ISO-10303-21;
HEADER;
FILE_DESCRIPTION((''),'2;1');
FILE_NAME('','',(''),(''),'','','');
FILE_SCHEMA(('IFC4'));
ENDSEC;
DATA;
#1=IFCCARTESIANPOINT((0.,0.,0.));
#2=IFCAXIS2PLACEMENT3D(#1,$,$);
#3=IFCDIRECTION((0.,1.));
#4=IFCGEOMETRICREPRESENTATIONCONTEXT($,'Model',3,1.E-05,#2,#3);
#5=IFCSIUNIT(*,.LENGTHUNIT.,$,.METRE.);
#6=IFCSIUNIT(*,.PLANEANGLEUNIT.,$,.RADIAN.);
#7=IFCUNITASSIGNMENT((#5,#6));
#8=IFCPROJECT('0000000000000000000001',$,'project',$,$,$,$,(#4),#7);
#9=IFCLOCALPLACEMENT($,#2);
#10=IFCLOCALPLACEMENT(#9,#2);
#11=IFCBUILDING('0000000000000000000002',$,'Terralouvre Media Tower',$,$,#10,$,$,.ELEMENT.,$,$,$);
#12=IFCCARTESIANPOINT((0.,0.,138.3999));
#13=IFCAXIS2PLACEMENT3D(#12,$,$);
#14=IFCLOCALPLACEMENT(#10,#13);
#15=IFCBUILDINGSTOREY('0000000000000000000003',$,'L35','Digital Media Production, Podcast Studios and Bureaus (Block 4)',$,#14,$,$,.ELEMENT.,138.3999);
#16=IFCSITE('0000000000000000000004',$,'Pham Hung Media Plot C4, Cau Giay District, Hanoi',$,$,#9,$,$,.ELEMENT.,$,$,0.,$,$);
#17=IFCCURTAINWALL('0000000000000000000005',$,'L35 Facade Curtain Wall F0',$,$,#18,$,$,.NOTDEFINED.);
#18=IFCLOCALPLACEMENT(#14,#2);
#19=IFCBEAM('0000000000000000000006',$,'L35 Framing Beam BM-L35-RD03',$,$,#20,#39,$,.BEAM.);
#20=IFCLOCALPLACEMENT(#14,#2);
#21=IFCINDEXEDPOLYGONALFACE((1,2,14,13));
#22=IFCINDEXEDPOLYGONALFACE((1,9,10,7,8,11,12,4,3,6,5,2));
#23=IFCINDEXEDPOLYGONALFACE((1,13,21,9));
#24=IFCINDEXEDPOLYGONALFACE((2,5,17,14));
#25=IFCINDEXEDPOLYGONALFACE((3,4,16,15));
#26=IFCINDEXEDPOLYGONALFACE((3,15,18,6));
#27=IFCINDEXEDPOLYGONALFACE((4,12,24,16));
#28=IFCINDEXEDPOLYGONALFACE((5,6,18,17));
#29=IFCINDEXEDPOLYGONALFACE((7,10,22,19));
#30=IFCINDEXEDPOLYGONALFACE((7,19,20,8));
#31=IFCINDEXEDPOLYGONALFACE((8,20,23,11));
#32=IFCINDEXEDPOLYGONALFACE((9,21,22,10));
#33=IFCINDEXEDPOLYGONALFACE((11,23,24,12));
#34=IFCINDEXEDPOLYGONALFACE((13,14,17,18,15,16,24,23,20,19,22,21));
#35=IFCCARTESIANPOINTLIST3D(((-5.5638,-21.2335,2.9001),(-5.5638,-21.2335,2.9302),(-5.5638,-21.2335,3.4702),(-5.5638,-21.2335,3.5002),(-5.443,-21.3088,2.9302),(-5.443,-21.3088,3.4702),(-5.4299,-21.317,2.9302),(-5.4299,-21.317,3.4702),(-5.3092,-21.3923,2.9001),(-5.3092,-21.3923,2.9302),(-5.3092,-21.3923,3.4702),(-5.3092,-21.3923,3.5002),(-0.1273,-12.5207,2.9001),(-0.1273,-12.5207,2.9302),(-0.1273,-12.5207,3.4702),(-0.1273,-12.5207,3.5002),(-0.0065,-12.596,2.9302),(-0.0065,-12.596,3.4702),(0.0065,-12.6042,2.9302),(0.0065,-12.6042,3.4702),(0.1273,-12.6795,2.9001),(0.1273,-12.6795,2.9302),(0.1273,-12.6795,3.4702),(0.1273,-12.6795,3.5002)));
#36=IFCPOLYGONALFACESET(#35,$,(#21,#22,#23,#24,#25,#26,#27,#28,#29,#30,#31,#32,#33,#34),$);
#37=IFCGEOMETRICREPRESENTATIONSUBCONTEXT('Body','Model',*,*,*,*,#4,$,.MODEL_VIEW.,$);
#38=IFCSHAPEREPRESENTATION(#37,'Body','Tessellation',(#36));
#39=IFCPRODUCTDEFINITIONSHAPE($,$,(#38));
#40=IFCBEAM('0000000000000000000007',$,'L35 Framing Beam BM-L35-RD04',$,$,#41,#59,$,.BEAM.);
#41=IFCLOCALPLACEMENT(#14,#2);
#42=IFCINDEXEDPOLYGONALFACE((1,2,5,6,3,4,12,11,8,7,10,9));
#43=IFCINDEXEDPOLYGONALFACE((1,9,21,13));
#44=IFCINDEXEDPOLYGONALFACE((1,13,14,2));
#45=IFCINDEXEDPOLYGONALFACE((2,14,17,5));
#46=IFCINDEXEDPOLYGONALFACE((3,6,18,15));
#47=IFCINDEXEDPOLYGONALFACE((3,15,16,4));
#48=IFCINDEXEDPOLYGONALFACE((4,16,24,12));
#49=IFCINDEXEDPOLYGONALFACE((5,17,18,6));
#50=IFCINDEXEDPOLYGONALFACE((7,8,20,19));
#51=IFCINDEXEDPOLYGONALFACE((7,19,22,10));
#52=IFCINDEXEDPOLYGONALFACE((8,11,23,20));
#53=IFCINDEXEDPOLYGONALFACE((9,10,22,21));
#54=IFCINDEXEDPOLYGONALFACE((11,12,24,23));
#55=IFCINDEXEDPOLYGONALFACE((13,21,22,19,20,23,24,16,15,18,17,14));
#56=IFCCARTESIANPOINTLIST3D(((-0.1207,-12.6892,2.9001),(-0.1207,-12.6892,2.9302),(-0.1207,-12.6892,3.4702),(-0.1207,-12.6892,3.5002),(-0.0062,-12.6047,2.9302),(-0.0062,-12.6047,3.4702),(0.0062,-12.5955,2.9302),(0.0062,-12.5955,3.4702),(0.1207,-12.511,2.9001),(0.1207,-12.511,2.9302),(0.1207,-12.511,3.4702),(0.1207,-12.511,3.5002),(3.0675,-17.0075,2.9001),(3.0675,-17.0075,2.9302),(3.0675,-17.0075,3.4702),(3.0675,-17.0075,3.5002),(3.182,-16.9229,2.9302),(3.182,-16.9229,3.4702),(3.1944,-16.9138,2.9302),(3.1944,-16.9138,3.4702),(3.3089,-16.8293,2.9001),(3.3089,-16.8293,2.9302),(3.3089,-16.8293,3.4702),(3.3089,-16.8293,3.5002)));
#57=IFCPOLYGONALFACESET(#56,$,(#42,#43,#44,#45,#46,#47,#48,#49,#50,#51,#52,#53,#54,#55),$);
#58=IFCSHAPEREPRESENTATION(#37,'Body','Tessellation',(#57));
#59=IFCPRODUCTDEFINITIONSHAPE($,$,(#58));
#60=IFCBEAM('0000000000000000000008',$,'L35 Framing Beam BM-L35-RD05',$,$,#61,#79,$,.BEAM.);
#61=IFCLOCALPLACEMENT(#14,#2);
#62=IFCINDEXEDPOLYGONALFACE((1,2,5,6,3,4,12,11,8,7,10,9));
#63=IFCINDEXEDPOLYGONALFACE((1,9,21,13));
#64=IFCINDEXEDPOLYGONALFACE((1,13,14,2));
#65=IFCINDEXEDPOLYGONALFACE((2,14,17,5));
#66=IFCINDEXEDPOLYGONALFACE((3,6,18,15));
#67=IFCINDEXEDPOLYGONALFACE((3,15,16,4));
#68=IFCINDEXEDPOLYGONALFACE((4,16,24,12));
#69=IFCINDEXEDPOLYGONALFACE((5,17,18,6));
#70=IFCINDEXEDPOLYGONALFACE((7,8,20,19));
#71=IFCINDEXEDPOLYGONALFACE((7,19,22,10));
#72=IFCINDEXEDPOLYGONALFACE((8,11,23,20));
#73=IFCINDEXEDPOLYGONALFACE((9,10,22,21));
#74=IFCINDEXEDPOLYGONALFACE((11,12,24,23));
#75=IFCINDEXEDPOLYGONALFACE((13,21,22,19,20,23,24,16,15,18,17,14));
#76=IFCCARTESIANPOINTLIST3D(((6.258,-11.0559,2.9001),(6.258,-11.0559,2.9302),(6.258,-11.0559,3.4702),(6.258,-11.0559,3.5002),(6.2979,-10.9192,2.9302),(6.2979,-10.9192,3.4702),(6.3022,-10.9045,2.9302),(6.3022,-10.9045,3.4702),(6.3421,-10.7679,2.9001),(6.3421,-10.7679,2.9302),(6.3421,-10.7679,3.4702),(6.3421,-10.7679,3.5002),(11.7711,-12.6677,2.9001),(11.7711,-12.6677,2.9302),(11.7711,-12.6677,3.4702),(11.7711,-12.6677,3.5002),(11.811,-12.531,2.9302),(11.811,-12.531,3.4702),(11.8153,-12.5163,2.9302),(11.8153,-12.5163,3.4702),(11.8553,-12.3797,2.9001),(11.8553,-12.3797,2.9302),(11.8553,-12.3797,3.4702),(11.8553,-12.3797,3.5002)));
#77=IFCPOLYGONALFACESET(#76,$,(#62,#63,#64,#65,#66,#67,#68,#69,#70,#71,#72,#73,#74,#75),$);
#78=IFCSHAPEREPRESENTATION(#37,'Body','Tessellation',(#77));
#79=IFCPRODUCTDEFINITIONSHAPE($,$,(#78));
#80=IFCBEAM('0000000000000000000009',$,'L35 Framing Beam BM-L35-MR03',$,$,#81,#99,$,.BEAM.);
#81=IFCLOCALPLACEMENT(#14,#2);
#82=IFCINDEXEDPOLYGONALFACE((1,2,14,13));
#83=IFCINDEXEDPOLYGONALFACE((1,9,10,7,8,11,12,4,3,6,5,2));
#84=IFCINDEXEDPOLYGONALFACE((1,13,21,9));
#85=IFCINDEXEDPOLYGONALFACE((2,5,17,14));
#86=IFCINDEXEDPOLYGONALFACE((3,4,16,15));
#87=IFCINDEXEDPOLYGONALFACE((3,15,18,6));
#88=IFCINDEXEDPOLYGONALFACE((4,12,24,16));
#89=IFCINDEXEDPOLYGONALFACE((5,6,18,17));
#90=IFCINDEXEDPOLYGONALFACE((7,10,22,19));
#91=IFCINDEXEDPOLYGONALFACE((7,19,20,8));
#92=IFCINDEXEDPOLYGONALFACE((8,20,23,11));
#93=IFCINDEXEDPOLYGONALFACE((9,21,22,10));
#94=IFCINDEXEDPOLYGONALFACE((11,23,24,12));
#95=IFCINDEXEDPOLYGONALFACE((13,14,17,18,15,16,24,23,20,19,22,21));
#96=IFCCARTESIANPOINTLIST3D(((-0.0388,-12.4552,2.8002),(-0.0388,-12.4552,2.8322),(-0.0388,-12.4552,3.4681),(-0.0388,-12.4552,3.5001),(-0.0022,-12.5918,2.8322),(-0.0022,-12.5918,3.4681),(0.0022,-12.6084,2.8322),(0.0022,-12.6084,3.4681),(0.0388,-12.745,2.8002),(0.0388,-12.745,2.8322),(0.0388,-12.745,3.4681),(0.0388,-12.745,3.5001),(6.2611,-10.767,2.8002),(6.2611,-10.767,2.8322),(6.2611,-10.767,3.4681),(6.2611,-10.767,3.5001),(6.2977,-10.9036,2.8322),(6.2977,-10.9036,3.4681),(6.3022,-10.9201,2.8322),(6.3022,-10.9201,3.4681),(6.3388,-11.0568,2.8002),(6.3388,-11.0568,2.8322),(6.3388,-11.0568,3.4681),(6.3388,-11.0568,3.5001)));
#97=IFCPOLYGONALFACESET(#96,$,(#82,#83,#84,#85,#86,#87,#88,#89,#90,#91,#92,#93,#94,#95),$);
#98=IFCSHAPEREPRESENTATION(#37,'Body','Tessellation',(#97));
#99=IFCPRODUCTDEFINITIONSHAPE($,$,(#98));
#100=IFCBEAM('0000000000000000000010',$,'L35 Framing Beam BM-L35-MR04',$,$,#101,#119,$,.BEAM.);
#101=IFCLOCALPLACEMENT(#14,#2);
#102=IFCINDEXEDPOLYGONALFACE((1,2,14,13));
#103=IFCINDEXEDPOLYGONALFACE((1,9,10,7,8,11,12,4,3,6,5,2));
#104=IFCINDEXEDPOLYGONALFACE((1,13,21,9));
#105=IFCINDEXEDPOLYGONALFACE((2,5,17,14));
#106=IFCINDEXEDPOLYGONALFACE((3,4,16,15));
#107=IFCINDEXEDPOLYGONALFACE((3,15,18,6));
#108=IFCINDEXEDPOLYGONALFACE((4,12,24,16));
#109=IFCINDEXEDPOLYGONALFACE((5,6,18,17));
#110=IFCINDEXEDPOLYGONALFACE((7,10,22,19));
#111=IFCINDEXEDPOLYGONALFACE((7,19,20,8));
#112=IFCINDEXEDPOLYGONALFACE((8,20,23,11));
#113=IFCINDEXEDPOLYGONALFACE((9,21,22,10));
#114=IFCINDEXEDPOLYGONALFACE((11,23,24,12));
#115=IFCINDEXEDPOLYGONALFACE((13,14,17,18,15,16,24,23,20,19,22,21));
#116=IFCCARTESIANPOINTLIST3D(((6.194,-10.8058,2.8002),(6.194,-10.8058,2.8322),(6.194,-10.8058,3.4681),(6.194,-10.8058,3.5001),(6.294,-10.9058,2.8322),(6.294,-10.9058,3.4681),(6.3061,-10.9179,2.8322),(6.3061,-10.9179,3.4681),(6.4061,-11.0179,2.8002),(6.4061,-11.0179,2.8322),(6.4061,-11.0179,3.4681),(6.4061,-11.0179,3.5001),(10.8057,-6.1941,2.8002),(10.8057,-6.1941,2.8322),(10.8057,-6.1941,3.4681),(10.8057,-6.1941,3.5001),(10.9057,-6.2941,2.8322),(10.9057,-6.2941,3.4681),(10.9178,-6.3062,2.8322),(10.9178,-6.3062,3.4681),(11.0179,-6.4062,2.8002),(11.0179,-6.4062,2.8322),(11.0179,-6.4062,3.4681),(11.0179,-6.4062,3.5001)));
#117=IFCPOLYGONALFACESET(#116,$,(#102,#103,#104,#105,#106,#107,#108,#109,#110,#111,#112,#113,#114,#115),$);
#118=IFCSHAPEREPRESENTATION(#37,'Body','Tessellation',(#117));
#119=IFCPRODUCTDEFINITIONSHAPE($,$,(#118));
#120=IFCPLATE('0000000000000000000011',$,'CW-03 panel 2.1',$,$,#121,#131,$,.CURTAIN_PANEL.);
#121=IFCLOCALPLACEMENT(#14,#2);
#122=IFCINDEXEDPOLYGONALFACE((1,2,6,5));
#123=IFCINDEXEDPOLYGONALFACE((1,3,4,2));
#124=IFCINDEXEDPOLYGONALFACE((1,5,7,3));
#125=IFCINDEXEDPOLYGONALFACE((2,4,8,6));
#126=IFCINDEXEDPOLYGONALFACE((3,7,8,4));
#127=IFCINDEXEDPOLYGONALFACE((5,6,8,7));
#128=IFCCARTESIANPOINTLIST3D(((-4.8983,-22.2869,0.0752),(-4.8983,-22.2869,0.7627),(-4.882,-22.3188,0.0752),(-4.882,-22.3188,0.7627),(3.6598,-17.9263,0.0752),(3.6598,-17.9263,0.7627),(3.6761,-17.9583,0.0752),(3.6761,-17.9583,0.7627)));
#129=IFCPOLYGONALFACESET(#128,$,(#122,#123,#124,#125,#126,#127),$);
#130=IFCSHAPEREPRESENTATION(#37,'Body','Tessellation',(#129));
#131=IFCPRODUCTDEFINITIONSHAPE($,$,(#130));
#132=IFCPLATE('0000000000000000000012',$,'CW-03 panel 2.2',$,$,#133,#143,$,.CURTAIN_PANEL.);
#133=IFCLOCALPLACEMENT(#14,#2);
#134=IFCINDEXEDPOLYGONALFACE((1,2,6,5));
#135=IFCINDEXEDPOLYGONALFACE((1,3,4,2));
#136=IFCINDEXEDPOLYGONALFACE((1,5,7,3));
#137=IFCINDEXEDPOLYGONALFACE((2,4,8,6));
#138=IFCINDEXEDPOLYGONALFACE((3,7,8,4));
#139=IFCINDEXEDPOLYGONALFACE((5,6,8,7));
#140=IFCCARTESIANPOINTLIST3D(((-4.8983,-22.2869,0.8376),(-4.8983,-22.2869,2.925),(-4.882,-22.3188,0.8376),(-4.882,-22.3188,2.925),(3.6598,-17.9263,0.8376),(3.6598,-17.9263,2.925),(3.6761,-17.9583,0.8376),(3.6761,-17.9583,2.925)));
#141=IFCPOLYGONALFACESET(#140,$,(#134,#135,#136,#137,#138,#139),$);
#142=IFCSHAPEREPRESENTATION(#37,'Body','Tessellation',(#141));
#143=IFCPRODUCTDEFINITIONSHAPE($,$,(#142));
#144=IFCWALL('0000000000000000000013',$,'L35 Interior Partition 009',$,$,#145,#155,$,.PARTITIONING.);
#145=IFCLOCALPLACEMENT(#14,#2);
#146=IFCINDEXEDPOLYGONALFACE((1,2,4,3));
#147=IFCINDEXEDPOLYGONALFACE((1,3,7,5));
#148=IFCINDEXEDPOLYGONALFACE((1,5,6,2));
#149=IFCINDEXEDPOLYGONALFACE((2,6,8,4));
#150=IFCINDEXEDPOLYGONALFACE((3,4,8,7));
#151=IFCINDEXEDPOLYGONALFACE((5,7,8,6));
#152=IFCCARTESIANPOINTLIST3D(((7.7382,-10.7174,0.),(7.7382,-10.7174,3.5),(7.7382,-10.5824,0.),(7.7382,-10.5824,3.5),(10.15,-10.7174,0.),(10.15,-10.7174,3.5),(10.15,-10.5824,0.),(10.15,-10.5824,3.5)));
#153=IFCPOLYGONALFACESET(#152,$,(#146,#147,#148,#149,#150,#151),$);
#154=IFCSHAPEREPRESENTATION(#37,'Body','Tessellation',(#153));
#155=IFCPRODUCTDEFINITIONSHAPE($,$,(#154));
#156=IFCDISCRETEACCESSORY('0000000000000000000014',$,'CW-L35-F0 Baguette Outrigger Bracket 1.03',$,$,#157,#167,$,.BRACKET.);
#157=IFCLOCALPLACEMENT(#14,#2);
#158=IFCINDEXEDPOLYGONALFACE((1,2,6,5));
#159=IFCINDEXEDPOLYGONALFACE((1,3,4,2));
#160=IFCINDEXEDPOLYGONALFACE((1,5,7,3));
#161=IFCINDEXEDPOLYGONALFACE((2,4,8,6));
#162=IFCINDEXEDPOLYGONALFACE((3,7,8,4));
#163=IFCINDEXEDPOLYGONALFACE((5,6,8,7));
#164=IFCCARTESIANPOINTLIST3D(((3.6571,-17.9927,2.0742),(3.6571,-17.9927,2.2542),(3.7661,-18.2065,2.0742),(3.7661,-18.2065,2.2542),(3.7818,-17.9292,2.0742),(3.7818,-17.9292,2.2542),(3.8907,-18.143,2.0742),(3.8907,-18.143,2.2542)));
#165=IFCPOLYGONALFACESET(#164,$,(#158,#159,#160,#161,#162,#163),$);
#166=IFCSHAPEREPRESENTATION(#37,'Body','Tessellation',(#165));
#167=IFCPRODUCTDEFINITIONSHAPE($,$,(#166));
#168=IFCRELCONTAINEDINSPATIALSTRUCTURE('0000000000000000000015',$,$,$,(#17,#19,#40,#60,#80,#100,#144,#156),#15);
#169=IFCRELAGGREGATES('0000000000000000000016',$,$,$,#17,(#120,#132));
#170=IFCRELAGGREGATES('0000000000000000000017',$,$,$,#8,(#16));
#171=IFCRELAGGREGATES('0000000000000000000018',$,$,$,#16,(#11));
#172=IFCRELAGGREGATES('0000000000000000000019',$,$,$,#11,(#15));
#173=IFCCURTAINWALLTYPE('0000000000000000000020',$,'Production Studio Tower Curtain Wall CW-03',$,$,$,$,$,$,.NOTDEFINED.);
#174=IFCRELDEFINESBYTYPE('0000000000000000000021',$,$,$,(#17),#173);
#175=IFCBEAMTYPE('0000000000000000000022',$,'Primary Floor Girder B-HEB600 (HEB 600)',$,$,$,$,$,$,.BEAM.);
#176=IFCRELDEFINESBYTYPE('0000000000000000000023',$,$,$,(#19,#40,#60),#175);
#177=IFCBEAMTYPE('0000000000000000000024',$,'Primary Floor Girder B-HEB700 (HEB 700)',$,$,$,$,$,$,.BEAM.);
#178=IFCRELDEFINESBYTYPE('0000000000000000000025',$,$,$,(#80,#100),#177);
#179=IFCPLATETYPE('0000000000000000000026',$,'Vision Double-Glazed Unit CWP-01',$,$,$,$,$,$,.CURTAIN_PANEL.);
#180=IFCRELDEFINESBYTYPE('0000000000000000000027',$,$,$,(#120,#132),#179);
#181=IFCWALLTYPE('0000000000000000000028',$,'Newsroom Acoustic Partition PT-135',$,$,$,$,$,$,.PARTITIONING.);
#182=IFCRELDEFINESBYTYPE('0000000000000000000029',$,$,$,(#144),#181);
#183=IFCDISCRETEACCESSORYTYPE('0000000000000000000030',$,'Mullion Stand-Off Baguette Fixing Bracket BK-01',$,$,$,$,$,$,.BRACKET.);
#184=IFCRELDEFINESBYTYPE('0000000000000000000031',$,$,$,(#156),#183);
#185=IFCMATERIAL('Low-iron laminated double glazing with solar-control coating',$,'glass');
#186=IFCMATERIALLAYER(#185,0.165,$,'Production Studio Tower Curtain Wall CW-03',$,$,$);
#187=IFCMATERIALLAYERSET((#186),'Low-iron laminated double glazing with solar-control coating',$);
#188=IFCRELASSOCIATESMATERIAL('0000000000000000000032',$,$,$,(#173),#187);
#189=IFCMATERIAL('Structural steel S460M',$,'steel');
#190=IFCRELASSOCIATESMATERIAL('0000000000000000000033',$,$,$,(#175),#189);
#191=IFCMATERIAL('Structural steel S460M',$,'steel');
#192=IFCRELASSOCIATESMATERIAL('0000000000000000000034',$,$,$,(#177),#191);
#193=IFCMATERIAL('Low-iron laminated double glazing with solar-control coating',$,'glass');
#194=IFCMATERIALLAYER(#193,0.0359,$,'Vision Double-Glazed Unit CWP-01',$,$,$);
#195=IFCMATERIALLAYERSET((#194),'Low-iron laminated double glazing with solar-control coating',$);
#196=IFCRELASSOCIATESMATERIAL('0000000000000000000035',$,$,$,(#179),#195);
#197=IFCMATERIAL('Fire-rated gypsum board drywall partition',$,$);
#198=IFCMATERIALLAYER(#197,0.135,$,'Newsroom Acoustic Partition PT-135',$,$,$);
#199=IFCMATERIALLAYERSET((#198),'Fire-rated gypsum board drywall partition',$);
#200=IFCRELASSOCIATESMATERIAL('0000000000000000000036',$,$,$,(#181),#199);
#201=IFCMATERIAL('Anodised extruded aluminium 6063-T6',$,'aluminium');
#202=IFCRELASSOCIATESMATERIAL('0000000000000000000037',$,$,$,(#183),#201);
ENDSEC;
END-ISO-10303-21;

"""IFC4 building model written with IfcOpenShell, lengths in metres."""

from ifc_helpers import new_model, si_unit, direction, frame, frame_2d, origin, origin_2d, place, context, subcontext, project, spatial, rectangle, i_section, extrude, material, layer, layer_set, material_profile, profile_set, type_object, element, aggregate, save


model = new_model("IFC4")

# Units and contexts
model_context = context("Model", 3, precision=1e-05, world=origin(), true_north=direction((0.0, 1.0)))
body_context = subcontext(model_context, "Body", "Model", "MODEL_VIEW")
ifc_project = project(units=[si_unit("LENGTHUNIT", "METRE"), si_unit("PLANEANGLEUNIT", "RADIAN")], contexts=[model_context])

# Site, building, storey
site_placement = place(None, origin())
site = spatial("IfcSite", under=ifc_project, at=site_placement, Name="Pham Hung Media Plot C4, Cau Giay District, Hanoi", CompositionType="ELEMENT", RefElevation=0.0)
building_placement = place(site_placement, origin())
building = spatial("IfcBuilding", under=site, at=building_placement, Name="Terralouvre Media Tower", CompositionType="ELEMENT")
storey_placement = place(building_placement, frame((0.0, 0.0, 138.3999)))
storey = spatial("IfcBuildingStorey", under=building, at=storey_placement, Name="L35", Description="Digital Media Production, Podcast Studios and Bureaus (Block 4)", CompositionType="ELEMENT", Elevation=138.3999)

# Curtain wall
ifc_material_1 = material(Name="Low-iron laminated double glazing with solar-control coating", Category="glass")
ifc_layer_1 = layer(ifc_material_1, 0.165, Name="Production Studio Tower Curtain Wall CW-03")
ifc_layer_set_1 = layer_set([ifc_layer_1], Name="Low-iron laminated double glazing with solar-control coating")
curtain_wall_type = type_object("IfcCurtainWallType", Name="Production Studio Tower Curtain Wall CW-03", PredefinedType="NOTDEFINED", material=ifc_layer_set_1)
curtain_wall_placement = place(storey_placement, origin())
curtain_wall = element("IfcCurtainWall", 1, at=curtain_wall_placement, inside=storey, type_object=curtain_wall_type, Name="L35 Facade Curtain Wall F0", PredefinedType="NOTDEFINED")

# Beams
ifc_material_2 = material(Name="Structural steel S460M", Category="steel")
ifc_material_profile_1 = material_profile(ifc_material_2, i_section(OverallWidth=0.3, OverallDepth=0.6001, WebThickness=0.0154, FlangeThickness=0.03, at=origin_2d()), Name="HEB 600")
ifc_profile_set_1 = profile_set([ifc_material_profile_1], Name="Structural steel S460M")
beam_type_1 = type_object("IfcBeamType", Name="Primary Floor Girder B-HEB600 (HEB 600)", PredefinedType="BEAM", material=ifc_profile_set_1)
beam_1_placement = place(storey_placement, frame((0.0, -12.6001, 3.2002), z_axis=(-0.529366, -0.848393, 0.0), x_axis=(0.848393, -0.529366, 0.0)))
element("IfcBeam", 2, at=beam_1_placement, inside=storey, type_object=beam_type_1, Name="L35 Framing Beam BM-L35-RD03", PredefinedType="BEAM", context=body_context, shape_type="SweptSolid", body=[
    extrude(i_section(OverallWidth=0.3, OverallDepth=0.6001, WebThickness=0.0154, FlangeThickness=0.03, at=origin_2d()), origin(), (0.0, 0.0, 1.0), 10.2698),
])
beam_2_placement = place(storey_placement, frame((0.0, -12.6001, 3.2002), z_axis=(0.593957, -0.804496, 0.0), x_axis=(0.804496, 0.593957, 0.0)))
element("IfcBeam", 3, at=beam_2_placement, inside=storey, type_object=beam_type_1, Name="L35 Framing Beam BM-L35-RD04", PredefinedType="BEAM", context=body_context, shape_type="SweptSolid", body=[
    extrude(i_section(OverallWidth=0.3, OverallDepth=0.6001, WebThickness=0.0154, FlangeThickness=0.03, at=origin_2d()), origin(), (0.0, 0.0, 1.0), 5.3677),
])
beam_3_placement = place(storey_placement, frame((6.3, -10.9119, 3.2002), z_axis=(0.959822, -0.28061, 0.0), x_axis=(0.28061, 0.959822, 0.0)))
element("IfcBeam", 4, at=beam_3_placement, inside=storey, type_object=beam_type_1, Name="L35 Framing Beam BM-L35-RD05", PredefinedType="BEAM", context=body_context, shape_type="SweptSolid", body=[
    extrude(i_section(OverallWidth=0.3, OverallDepth=0.6001, WebThickness=0.0154, FlangeThickness=0.03, at=origin_2d()), origin(), (0.0, 0.0, 1.0), 5.7439),
])
ifc_material_3 = material(Name="Structural steel S460M", Category="steel")
ifc_material_profile_2 = material_profile(ifc_material_3, i_section(OverallWidth=0.3, OverallDepth=0.7, WebThickness=0.0171, FlangeThickness=0.032, at=origin_2d()), Name="HEB 700")
ifc_profile_set_2 = profile_set([ifc_material_profile_2], Name="Structural steel S460M")
beam_type_2 = type_object("IfcBeamType", Name="Primary Floor Girder B-HEB700 (HEB 700)", PredefinedType="BEAM", material=ifc_profile_set_2)
beam_4_placement = place(storey_placement, frame((0.0, -12.6001, 3.1501), z_axis=(0.96592, 0.258839, 0.0), x_axis=(-0.258839, 0.96592, 0.0)))
element("IfcBeam", 5, at=beam_4_placement, inside=storey, type_object=beam_type_2, Name="L35 Framing Beam BM-L35-MR03", PredefinedType="BEAM", context=body_context, shape_type="SweptSolid", body=[
    extrude(i_section(OverallWidth=0.3, OverallDepth=0.7, WebThickness=0.0171, FlangeThickness=0.032, at=origin_2d()), origin(), (0.0, 0.0, 1.0), 6.5222),
])
beam_5_placement = place(storey_placement, frame((6.3, -10.9119, 3.1501), z_axis=(0.707107, 0.707107, 0.0), x_axis=(-0.707107, 0.707107, 0.0)))
element("IfcBeam", 6, at=beam_5_placement, inside=storey, type_object=beam_type_2, Name="L35 Framing Beam BM-L35-MR04", PredefinedType="BEAM", context=body_context, shape_type="SweptSolid", body=[
    extrude(i_section(OverallWidth=0.3, OverallDepth=0.7, WebThickness=0.0171, FlangeThickness=0.032, at=origin_2d()), origin(), (0.0, 0.0, 1.0), 6.522),
])

# Plates
ifc_material_4 = material(Name="Low-iron laminated double glazing with solar-control coating", Category="glass")
ifc_layer_2 = layer(ifc_material_4, 0.0359, Name="Vision Double-Glazed Unit CWP-01")
ifc_layer_set_2 = layer_set([ifc_layer_2], Name="Low-iron laminated double glazing with solar-control coating")
plate_type = type_object("IfcPlateType", Name="Vision Double-Glazed Unit CWP-01", PredefinedType="CURTAIN_PANEL", material=ifc_layer_set_2)
plate_1_placement = place(storey_placement, frame((-0.6111, -20.1226, 0.0752), z_axis=(0.0, 0.0, 1.0), x_axis=(0.891007, 0.453991, 0.0)))
plate_1 = element("IfcPlate", 7, at=plate_1_placement, type_object=plate_type, Name="CW-03 panel 2.1", PredefinedType="CURTAIN_PANEL", context=body_context, shape_type="SweptSolid", body=[
    extrude(rectangle(XDim=9.605, YDim=0.0359, at=origin_2d()), origin(), (0.0, 0.0, 1.0), 0.6875),
])
plate_2_placement = place(storey_placement, frame((-0.6111, -20.1226, 0.8376), z_axis=(0.0, 0.0, 1.0), x_axis=(0.891007, 0.453991, 0.0)))
plate_2 = element("IfcPlate", 8, at=plate_2_placement, type_object=plate_type, Name="CW-03 panel 2.2", PredefinedType="CURTAIN_PANEL", context=body_context, shape_type="SweptSolid", body=[
    extrude(rectangle(XDim=9.605, YDim=0.0359, at=origin_2d()), origin(), (0.0, 0.0, 1.0), 2.0874),
])
aggregate(curtain_wall, [plate_1, plate_2])

# Wall
ifc_material_5 = material(Name="Fire-rated gypsum board drywall partition")
ifc_layer_3 = layer(ifc_material_5, 0.135, Name="Newsroom Acoustic Partition PT-135")
ifc_layer_set_3 = layer_set([ifc_layer_3], Name="Fire-rated gypsum board drywall partition")
wall_type = type_object("IfcWallType", Name="Newsroom Acoustic Partition PT-135", PredefinedType="PARTITIONING", material=ifc_layer_set_3)
wall_placement = place(storey_placement, frame((7.738, -10.6499, 0.0), z_axis=(0.0, 0.0, 1.0), x_axis=(1.0, 0.0, 0.0)))
element("IfcWall", 9, at=wall_placement, inside=storey, type_object=wall_type, Name="L35 Interior Partition 009", PredefinedType="PARTITIONING", context=body_context, shape_type="SweptSolid", body=[
    extrude(rectangle(XDim=2.4119, YDim=0.135, at=frame_2d((1.2061, 0.0))), origin(), (0.0, 0.0, 1.0), 3.5),
])

# Discrete accessory
ifc_material_6 = material(Name="Anodised extruded aluminium 6063-T6", Category="aluminium")
discrete_accessory_type = type_object("IfcDiscreteAccessoryType", Name="Mullion Stand-Off Baguette Fixing Bracket BK-01", PredefinedType="BRACKET", material=ifc_material_6)
discrete_accessory_placement = place(storey_placement, frame((3.7739, -18.0679, 2.0742), z_axis=(0.0, 0.0, 1.0), x_axis=(0.891007, 0.453991, 0.0)))
element("IfcDiscreteAccessory", 10, at=discrete_accessory_placement, inside=storey, type_object=discrete_accessory_type, Name="CW-L35-F0 Baguette Outrigger Bracket 1.03", PredefinedType="BRACKET", context=body_context, shape_type="SweptSolid", body=[
    extrude(rectangle(XDim=0.1399, YDim=0.24, at=origin_2d()), origin(), (0.0, 0.0, 1.0), 0.1799),
])

save(model, "model.ifc")
